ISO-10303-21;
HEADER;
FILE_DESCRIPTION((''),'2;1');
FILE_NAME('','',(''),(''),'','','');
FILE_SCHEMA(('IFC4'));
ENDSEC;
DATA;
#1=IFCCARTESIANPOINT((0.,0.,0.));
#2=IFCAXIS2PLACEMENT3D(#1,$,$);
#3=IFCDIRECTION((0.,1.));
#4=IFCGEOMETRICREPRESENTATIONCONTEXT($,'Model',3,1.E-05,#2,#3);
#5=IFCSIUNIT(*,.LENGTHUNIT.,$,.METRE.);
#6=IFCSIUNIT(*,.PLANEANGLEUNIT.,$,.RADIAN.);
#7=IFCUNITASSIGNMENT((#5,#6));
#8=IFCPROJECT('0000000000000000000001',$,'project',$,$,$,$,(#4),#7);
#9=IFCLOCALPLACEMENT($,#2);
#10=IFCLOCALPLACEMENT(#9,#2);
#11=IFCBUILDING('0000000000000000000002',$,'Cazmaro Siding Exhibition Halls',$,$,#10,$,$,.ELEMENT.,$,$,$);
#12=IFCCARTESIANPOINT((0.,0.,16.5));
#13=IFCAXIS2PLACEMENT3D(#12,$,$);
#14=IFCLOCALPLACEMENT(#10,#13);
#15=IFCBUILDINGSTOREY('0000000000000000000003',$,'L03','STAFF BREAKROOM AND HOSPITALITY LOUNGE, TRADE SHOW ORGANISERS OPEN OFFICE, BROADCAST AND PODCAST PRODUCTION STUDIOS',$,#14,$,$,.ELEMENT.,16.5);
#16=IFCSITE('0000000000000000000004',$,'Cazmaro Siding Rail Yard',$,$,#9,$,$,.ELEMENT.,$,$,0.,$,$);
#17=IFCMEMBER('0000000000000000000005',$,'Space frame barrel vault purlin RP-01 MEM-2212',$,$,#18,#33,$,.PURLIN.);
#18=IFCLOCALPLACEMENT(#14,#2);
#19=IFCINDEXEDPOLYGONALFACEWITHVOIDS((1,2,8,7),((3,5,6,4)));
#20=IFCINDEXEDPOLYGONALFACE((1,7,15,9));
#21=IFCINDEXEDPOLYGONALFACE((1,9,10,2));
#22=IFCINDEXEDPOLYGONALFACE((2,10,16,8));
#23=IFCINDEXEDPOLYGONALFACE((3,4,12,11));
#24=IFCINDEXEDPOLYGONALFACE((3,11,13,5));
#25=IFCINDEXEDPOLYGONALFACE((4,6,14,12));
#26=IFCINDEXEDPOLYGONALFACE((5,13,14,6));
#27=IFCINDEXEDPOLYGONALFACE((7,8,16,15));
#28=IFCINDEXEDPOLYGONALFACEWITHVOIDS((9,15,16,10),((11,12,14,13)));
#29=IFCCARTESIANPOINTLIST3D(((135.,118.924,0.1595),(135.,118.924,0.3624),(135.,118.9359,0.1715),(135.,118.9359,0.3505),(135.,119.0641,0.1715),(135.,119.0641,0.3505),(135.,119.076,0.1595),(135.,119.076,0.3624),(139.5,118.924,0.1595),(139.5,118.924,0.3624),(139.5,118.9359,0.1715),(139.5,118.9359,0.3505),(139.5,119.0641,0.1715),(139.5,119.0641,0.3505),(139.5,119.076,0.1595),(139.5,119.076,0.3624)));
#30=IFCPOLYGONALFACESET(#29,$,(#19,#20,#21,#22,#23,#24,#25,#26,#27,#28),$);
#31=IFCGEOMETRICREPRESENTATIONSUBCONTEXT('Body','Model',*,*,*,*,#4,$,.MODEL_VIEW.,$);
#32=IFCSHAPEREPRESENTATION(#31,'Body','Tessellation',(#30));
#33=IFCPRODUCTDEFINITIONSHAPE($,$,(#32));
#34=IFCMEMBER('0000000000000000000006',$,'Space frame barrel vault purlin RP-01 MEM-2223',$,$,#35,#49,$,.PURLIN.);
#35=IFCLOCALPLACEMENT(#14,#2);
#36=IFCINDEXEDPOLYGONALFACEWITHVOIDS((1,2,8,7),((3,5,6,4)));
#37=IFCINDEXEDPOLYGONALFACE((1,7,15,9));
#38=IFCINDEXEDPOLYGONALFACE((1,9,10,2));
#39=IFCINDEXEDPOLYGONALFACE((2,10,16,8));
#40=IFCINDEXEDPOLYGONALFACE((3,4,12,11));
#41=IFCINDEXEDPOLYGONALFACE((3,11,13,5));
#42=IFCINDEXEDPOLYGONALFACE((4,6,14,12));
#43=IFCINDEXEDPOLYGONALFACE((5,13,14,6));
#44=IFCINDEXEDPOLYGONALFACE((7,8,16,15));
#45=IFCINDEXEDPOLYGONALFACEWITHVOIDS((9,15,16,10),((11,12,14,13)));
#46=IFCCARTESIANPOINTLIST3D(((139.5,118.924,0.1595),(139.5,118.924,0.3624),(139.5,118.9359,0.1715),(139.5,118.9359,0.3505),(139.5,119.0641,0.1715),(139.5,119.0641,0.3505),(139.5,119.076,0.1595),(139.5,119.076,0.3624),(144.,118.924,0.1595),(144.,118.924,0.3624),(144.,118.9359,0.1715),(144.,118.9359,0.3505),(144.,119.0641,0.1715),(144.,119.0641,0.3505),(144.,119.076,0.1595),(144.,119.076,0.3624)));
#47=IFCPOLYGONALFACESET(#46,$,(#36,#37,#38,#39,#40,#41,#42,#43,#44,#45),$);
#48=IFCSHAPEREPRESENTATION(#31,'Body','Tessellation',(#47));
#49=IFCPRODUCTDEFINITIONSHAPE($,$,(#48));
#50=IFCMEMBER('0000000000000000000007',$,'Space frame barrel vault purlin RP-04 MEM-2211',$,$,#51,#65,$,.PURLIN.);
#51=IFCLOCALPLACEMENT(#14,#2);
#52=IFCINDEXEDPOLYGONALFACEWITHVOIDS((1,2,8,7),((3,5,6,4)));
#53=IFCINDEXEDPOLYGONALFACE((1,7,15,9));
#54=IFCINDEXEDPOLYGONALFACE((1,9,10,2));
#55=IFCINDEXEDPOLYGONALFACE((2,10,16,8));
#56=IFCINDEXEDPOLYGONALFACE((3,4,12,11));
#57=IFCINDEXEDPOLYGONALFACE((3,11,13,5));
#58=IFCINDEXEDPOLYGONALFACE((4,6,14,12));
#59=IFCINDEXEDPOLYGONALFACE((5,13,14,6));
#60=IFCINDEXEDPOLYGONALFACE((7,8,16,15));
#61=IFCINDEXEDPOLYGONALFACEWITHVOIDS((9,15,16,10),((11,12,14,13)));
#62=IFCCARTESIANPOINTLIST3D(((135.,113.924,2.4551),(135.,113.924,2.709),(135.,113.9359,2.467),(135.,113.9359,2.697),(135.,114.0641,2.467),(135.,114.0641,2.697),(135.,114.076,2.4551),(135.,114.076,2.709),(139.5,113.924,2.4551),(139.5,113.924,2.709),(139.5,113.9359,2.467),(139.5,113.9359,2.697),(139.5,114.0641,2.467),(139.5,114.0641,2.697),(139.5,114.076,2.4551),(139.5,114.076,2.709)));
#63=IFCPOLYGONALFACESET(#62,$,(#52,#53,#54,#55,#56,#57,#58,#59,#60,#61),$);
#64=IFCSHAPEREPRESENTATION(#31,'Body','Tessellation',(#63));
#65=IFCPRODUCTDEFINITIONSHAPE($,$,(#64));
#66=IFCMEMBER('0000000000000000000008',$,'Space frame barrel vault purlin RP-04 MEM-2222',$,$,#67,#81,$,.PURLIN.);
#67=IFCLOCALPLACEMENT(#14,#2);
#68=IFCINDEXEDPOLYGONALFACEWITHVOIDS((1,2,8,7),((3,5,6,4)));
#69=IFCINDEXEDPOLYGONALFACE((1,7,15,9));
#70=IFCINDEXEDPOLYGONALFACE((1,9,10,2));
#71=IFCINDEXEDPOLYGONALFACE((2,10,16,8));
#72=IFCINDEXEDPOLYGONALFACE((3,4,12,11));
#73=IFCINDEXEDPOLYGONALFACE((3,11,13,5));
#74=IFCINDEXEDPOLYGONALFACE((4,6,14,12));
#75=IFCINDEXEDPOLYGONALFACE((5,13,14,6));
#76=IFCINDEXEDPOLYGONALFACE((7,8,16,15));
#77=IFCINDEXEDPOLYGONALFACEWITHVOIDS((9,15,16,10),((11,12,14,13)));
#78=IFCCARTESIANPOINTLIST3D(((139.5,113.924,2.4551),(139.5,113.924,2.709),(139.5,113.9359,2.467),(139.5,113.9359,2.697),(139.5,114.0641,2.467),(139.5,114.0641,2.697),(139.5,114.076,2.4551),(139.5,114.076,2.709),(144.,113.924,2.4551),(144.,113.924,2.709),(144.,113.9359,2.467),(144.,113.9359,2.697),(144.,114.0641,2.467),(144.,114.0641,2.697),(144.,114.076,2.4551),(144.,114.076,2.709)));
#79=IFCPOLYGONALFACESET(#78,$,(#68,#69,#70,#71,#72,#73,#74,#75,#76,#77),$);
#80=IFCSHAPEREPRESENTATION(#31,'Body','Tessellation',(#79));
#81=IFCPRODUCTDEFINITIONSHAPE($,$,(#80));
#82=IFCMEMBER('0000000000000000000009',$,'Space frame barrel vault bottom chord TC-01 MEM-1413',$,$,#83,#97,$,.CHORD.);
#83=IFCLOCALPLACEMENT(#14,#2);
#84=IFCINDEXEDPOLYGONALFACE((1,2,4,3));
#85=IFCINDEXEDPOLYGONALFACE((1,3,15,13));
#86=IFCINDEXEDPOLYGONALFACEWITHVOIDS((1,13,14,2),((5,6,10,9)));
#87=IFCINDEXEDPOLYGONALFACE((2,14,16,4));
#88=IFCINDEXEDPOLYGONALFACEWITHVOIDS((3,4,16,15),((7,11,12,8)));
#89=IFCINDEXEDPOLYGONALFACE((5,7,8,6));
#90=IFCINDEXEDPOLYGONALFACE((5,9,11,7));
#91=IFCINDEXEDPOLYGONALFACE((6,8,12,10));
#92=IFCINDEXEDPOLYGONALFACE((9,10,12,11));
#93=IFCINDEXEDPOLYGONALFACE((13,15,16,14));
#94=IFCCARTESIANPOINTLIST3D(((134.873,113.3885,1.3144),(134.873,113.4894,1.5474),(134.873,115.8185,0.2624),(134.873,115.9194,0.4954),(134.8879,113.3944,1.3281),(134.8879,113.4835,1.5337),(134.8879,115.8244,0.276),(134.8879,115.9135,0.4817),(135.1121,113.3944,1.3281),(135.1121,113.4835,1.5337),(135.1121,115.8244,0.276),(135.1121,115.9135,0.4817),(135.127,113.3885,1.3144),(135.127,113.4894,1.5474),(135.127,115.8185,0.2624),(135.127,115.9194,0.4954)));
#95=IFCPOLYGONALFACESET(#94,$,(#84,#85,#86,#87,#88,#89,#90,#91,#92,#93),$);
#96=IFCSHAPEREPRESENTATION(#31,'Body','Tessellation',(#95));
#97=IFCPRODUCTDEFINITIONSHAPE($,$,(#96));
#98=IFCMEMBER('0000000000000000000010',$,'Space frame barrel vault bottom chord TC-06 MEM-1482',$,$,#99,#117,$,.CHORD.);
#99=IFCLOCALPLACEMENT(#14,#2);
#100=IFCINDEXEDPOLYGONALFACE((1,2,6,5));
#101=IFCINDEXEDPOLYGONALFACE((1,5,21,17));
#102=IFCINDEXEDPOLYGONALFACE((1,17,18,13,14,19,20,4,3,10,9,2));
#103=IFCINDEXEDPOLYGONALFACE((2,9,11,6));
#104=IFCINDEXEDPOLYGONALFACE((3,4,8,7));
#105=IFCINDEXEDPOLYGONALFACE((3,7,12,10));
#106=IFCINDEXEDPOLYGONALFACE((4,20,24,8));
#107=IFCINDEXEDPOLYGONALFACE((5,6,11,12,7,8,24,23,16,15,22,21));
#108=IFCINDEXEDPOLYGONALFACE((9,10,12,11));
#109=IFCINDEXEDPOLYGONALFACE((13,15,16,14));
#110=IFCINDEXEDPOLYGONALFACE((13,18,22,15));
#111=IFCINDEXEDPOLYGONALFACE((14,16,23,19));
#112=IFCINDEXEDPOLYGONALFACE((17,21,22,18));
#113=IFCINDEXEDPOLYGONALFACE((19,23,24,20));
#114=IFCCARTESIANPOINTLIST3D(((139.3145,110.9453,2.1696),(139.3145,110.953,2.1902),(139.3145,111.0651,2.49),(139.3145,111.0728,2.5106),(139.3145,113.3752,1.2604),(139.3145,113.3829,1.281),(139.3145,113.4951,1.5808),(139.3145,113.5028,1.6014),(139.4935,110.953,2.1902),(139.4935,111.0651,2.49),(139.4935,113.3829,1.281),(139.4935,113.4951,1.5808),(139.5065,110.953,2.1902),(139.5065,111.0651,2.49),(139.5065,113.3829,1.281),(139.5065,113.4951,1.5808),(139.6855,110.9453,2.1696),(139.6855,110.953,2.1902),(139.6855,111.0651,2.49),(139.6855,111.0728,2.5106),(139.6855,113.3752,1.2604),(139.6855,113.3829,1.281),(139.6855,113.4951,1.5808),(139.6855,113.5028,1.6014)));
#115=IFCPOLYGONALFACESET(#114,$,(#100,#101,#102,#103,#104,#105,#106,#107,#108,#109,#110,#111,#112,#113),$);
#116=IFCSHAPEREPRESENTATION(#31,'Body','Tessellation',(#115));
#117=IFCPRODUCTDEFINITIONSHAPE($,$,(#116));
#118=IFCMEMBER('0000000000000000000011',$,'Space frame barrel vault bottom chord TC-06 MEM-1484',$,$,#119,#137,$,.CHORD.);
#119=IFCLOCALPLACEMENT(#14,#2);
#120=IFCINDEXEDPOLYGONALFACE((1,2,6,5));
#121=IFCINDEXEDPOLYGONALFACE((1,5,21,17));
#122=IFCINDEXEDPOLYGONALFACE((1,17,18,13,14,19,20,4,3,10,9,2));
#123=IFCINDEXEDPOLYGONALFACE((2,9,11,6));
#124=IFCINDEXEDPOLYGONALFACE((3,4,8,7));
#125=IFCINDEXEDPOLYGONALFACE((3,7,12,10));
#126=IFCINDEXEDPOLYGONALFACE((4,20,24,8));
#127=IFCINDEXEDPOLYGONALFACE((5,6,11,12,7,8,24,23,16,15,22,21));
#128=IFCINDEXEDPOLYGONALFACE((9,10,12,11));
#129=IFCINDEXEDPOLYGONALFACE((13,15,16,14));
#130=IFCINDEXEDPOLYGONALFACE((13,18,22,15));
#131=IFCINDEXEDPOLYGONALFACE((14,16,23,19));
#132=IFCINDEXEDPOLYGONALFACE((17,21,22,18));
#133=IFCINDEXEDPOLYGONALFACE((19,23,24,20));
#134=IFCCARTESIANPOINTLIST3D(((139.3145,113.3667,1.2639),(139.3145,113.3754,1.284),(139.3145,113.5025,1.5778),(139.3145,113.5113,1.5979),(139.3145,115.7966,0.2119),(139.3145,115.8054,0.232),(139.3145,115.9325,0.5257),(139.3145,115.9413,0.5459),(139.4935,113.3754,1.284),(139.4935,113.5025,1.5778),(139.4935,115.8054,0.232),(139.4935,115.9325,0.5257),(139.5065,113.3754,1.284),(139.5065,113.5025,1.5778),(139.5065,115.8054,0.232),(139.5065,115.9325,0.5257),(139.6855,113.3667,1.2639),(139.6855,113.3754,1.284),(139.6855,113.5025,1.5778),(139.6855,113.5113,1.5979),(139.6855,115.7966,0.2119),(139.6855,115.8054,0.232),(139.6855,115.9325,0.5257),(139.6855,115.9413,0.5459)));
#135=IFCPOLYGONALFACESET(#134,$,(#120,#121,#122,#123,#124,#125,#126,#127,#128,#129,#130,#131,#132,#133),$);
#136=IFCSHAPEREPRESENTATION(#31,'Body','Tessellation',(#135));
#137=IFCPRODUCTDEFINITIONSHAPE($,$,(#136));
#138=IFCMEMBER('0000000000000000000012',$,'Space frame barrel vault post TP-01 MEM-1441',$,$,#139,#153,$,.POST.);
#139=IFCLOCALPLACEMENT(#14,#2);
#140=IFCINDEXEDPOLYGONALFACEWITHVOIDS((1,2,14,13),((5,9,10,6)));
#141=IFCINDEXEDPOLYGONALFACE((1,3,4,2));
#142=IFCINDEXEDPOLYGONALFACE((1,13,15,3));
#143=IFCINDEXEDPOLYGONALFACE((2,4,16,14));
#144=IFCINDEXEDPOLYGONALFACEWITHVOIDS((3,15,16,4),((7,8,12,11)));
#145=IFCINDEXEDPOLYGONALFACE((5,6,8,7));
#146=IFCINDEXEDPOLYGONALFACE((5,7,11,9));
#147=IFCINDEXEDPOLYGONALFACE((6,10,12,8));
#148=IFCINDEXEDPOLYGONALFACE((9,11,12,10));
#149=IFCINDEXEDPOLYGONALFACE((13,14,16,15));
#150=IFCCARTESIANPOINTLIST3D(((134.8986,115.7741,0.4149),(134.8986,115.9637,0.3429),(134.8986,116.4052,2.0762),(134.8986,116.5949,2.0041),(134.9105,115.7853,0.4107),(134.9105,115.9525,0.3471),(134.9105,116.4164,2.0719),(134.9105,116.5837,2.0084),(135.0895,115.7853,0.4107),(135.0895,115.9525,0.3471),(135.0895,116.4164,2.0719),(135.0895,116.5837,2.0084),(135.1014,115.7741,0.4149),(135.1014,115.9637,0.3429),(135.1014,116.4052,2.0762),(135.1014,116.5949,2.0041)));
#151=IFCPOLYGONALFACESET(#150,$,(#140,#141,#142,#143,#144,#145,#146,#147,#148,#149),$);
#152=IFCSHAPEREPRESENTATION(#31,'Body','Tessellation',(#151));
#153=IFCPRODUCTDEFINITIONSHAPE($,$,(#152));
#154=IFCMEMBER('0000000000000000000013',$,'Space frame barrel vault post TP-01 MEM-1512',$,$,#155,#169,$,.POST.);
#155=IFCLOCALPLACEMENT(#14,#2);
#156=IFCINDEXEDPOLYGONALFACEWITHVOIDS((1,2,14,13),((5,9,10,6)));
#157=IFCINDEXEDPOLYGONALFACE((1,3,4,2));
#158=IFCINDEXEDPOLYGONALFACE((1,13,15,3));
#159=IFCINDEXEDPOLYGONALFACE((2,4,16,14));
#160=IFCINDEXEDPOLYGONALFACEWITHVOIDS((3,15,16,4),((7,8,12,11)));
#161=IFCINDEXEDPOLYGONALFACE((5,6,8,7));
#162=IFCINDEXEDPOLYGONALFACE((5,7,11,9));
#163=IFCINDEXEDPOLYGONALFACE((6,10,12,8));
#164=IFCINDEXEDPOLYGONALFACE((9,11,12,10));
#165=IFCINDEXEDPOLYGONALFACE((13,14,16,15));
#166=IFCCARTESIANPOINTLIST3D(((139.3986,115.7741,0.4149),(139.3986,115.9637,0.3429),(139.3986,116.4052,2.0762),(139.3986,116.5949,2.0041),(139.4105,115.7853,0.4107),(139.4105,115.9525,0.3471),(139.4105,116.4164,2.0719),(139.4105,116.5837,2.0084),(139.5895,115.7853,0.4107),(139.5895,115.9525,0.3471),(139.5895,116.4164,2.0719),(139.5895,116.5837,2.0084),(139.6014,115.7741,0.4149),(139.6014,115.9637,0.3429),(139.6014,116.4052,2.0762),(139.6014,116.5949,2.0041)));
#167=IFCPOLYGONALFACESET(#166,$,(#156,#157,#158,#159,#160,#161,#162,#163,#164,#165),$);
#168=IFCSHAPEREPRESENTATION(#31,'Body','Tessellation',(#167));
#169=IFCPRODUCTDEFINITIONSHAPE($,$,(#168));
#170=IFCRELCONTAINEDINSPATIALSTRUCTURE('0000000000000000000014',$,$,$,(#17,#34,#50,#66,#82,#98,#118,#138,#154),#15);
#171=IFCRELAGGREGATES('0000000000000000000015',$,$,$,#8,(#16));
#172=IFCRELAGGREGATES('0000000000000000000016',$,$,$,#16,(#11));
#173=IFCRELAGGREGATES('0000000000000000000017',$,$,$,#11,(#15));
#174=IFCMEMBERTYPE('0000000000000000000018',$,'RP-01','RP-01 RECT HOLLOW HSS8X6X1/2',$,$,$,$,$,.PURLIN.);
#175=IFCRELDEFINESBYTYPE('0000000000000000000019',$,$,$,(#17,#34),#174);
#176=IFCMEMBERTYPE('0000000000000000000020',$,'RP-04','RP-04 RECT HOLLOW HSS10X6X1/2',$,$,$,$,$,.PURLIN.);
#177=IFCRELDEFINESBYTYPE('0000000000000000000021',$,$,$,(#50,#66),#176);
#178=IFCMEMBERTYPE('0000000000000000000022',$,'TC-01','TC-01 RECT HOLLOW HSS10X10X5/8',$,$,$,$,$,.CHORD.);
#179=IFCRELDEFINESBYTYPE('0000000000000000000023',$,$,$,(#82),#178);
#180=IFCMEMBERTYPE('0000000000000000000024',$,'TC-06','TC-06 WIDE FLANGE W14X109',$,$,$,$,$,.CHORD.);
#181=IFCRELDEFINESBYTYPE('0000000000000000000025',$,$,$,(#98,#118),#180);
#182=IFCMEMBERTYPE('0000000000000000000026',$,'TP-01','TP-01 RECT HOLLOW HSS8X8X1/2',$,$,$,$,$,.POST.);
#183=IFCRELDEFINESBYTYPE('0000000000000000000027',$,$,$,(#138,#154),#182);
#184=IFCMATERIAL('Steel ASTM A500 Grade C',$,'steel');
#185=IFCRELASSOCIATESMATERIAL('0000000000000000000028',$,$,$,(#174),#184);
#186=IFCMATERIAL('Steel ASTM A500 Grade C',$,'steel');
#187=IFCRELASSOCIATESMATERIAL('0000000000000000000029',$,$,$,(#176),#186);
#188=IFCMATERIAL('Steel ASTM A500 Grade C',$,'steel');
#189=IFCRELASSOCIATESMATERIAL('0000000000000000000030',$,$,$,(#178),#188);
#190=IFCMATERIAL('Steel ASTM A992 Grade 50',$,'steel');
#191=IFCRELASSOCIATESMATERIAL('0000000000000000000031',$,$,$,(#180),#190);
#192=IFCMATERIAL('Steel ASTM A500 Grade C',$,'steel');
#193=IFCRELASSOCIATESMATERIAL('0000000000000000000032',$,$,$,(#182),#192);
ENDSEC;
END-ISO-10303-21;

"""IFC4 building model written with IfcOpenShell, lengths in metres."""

from ifc_helpers import new_model, si_unit, direction, frame, origin, origin_2d, place, context, subcontext, project, spatial, hollow_rectangle, i_section, extrude, material, material_profile, profile_set, type_object, element, save


model = new_model("IFC4")

# Units and contexts
model_context = context("Model", 3, precision=1e-05, world=origin(), true_north=direction((0.0, 1.0)))
body_context = subcontext(model_context, "Body", "Model", "MODEL_VIEW")
ifc_project = project(units=[si_unit("LENGTHUNIT", "METRE"), si_unit("PLANEANGLEUNIT", "RADIAN")], contexts=[model_context])

# Site, building, storey
site_placement = place(None, origin())
site = spatial("IfcSite", under=ifc_project, at=site_placement, Name="Cazmaro Siding Rail Yard", CompositionType="ELEMENT", RefElevation=0.0)
building_placement = place(site_placement, origin())
building = spatial("IfcBuilding", under=site, at=building_placement, Name="Cazmaro Siding Exhibition Halls", CompositionType="ELEMENT")
storey_placement = place(building_placement, frame((0.0, 0.0, 16.5)))
storey = spatial("IfcBuildingStorey", under=building, at=storey_placement, Name="L03", Description="STAFF BREAKROOM AND HOSPITALITY LOUNGE, TRADE SHOW ORGANISERS OPEN OFFICE, BROADCAST AND PODCAST PRODUCTION STUDIOS", CompositionType="ELEMENT", Elevation=16.5)

# Members
ifc_material_1 = material(Name="Steel ASTM A500 Grade C", Category="steel")
ifc_material_profile_1 = material_profile(ifc_material_1, hollow_rectangle(XDim=0.1521, YDim=0.2029, WallThickness=0.012, at=origin_2d()), Name="HSS8X6X1/2")
ifc_profile_set_1 = profile_set([ifc_material_profile_1], Name="Steel ASTM A500 Grade C")
member_type_1 = type_object("IfcMemberType", Name="RP-01", Description="RP-01 RECT HOLLOW HSS8X6X1/2", PredefinedType="PURLIN", material=ifc_profile_set_1)
for number, where, z_axis, x_axis, name in (
    (1, (135.0, 119.0, 0.261), (1.0, 0.0, 0.0), (0.0, 1.0, 0.0), "Space frame barrel vault purlin RP-01 MEM-2212"),
    (2, (139.5, 119.0, 0.261), (1.0, 0.0, 0.0), (0.0, 1.0, 0.0), "Space frame barrel vault purlin RP-01 MEM-2223"),
):
    element("IfcMember", number, at=place(storey_placement, frame(where, z_axis=z_axis, x_axis=x_axis)), inside=storey, type_object=member_type_1, Name=name, PredefinedType="PURLIN", context=body_context, shape_type="SweptSolid", body=[
        extrude(hollow_rectangle(XDim=0.1521, YDim=0.2029, WallThickness=0.012, at=origin_2d()), origin(), (0.0, 0.0, 1.0), 4.5),
    ])
ifc_material_2 = material(Name="Steel ASTM A500 Grade C", Category="steel")
ifc_material_profile_2 = material_profile(ifc_material_2, hollow_rectangle(XDim=0.1521, YDim=0.2539, WallThickness=0.012, at=origin_2d()), Name="HSS10X6X1/2")
ifc_profile_set_2 = profile_set([ifc_material_profile_2], Name="Steel ASTM A500 Grade C")
member_type_2 = type_object("IfcMemberType", Name="RP-04", Description="RP-04 RECT HOLLOW HSS10X6X1/2", PredefinedType="PURLIN", material=ifc_profile_set_2)
for number, where, z_axis, x_axis, name in (
    (3, (135.0, 114.0, 2.582), (1.0, 0.0, 0.0), (0.0, 1.0, 0.0), "Space frame barrel vault purlin RP-04 MEM-2211"),
    (4, (139.5, 114.0, 2.582), (1.0, 0.0, 0.0), (0.0, 1.0, 0.0), "Space frame barrel vault purlin RP-04 MEM-2222"),
):
    element("IfcMember", number, at=place(storey_placement, frame(where, z_axis=z_axis, x_axis=x_axis)), inside=storey, type_object=member_type_2, Name=name, PredefinedType="PURLIN", context=body_context, shape_type="SweptSolid", body=[
        extrude(hollow_rectangle(XDim=0.1521, YDim=0.2539, WallThickness=0.012, at=origin_2d()), origin(), (0.0, 0.0, 1.0), 4.5),
    ])
ifc_material_3 = material(Name="Steel ASTM A500 Grade C", Category="steel")
ifc_material_profile_3 = material_profile(ifc_material_3, hollow_rectangle(XDim=0.2539, YDim=0.2539, WallThickness=0.0149, at=origin_2d()), Name="HSS10X10X5/8")
ifc_profile_set_3 = profile_set([ifc_material_profile_3], Name="Steel ASTM A500 Grade C")
member_type_3 = type_object("IfcMemberType", Name="TC-01", Description="TC-01 RECT HOLLOW HSS10X10X5/8", PredefinedType="CHORD", material=ifc_profile_set_3)
member_1_placement = place(storey_placement, frame((135.0, 113.439, 1.4309), z_axis=(0.0, 0.917689, -0.397299), x_axis=(-1.0, 0.0, 0.0)))
element("IfcMember", 5, at=member_1_placement, inside=storey, type_object=member_type_3, Name="Space frame barrel vault bottom chord TC-01 MEM-1413", PredefinedType="CHORD", context=body_context, shape_type="SweptSolid", body=[
    extrude(hollow_rectangle(XDim=0.2539, YDim=0.2539, WallThickness=0.0149, at=origin_2d()), origin(), (0.0, 0.0, 1.0), 2.6479),
])
ifc_material_4 = material(Name="Steel ASTM A992 Grade 50", Category="steel")
ifc_material_profile_4 = material_profile(ifc_material_4, i_section(OverallWidth=0.3711, OverallDepth=0.364, WebThickness=0.0129, FlangeThickness=0.022, at=origin_2d()), Name="W14X109")
ifc_profile_set_4 = profile_set([ifc_material_profile_4], Name="Steel ASTM A992 Grade 50")
member_type_4 = type_object("IfcMemberType", Name="TC-06", Description="TC-06 WIDE FLANGE W14X109", PredefinedType="CHORD", material=ifc_profile_set_4)
member_2_placement = place(storey_placement, frame((139.5, 111.009, 2.3401), z_axis=(0.0, 0.936588, -0.350432), x_axis=(-1.0, 0.0, 0.0)))
element("IfcMember", 6, at=member_2_placement, inside=storey, type_object=member_type_4, Name="Space frame barrel vault bottom chord TC-06 MEM-1482", PredefinedType="CHORD", context=body_context, shape_type="SweptSolid", body=[
    extrude(i_section(OverallWidth=0.3711, OverallDepth=0.364, WebThickness=0.0129, FlangeThickness=0.022, at=origin_2d()), origin(), (0.0, 0.0, 1.0), 2.5945),
])
member_3_placement = place(storey_placement, frame((139.5, 113.439, 1.4309), z_axis=(0.0, 0.917689, -0.397299), x_axis=(-1.0, 0.0, 0.0)))
element("IfcMember", 7, at=member_3_placement, inside=storey, type_object=member_type_4, Name="Space frame barrel vault bottom chord TC-06 MEM-1484", PredefinedType="CHORD", context=body_context, shape_type="SweptSolid", body=[
    extrude(i_section(OverallWidth=0.3711, OverallDepth=0.364, WebThickness=0.0129, FlangeThickness=0.022, at=origin_2d()), origin(), (0.0, 0.0, 1.0), 2.6479),
])
ifc_material_5 = material(Name="Steel ASTM A500 Grade C", Category="steel")
ifc_material_profile_5 = material_profile(ifc_material_5, hollow_rectangle(XDim=0.2029, YDim=0.2029, WallThickness=0.012, at=origin_2d()), Name="HSS8X8X1/2")
ifc_profile_set_5 = profile_set([ifc_material_profile_5], Name="Steel ASTM A500 Grade C")
member_type_5 = type_object("IfcMemberType", Name="TP-01", Description="TP-01 RECT HOLLOW HSS8X8X1/2", PredefinedType="POST", material=ifc_profile_set_5)
for number, where, z_axis, x_axis, name in (
    (8, (135.0, 115.8689, 0.3789), (0.0, 0.355155, 0.934807), (-1.0, 0.0, 0.0), "Space frame barrel vault post TP-01 MEM-1441"),
    (9, (139.5, 115.8689, 0.3789), (0.0, 0.355155, 0.934807), (-1.0, 0.0, 0.0), "Space frame barrel vault post TP-01 MEM-1512"),
):
    element("IfcMember", number, at=place(storey_placement, frame(where, z_axis=z_axis, x_axis=x_axis)), inside=storey, type_object=member_type_5, Name=name, PredefinedType="POST", context=body_context, shape_type="SweptSolid", body=[
        extrude(hollow_rectangle(XDim=0.2029, YDim=0.2029, WallThickness=0.012, at=origin_2d()), origin(), (0.0, 0.0, 1.0), 1.7771),
    ])

save(model, "model.ifc")
